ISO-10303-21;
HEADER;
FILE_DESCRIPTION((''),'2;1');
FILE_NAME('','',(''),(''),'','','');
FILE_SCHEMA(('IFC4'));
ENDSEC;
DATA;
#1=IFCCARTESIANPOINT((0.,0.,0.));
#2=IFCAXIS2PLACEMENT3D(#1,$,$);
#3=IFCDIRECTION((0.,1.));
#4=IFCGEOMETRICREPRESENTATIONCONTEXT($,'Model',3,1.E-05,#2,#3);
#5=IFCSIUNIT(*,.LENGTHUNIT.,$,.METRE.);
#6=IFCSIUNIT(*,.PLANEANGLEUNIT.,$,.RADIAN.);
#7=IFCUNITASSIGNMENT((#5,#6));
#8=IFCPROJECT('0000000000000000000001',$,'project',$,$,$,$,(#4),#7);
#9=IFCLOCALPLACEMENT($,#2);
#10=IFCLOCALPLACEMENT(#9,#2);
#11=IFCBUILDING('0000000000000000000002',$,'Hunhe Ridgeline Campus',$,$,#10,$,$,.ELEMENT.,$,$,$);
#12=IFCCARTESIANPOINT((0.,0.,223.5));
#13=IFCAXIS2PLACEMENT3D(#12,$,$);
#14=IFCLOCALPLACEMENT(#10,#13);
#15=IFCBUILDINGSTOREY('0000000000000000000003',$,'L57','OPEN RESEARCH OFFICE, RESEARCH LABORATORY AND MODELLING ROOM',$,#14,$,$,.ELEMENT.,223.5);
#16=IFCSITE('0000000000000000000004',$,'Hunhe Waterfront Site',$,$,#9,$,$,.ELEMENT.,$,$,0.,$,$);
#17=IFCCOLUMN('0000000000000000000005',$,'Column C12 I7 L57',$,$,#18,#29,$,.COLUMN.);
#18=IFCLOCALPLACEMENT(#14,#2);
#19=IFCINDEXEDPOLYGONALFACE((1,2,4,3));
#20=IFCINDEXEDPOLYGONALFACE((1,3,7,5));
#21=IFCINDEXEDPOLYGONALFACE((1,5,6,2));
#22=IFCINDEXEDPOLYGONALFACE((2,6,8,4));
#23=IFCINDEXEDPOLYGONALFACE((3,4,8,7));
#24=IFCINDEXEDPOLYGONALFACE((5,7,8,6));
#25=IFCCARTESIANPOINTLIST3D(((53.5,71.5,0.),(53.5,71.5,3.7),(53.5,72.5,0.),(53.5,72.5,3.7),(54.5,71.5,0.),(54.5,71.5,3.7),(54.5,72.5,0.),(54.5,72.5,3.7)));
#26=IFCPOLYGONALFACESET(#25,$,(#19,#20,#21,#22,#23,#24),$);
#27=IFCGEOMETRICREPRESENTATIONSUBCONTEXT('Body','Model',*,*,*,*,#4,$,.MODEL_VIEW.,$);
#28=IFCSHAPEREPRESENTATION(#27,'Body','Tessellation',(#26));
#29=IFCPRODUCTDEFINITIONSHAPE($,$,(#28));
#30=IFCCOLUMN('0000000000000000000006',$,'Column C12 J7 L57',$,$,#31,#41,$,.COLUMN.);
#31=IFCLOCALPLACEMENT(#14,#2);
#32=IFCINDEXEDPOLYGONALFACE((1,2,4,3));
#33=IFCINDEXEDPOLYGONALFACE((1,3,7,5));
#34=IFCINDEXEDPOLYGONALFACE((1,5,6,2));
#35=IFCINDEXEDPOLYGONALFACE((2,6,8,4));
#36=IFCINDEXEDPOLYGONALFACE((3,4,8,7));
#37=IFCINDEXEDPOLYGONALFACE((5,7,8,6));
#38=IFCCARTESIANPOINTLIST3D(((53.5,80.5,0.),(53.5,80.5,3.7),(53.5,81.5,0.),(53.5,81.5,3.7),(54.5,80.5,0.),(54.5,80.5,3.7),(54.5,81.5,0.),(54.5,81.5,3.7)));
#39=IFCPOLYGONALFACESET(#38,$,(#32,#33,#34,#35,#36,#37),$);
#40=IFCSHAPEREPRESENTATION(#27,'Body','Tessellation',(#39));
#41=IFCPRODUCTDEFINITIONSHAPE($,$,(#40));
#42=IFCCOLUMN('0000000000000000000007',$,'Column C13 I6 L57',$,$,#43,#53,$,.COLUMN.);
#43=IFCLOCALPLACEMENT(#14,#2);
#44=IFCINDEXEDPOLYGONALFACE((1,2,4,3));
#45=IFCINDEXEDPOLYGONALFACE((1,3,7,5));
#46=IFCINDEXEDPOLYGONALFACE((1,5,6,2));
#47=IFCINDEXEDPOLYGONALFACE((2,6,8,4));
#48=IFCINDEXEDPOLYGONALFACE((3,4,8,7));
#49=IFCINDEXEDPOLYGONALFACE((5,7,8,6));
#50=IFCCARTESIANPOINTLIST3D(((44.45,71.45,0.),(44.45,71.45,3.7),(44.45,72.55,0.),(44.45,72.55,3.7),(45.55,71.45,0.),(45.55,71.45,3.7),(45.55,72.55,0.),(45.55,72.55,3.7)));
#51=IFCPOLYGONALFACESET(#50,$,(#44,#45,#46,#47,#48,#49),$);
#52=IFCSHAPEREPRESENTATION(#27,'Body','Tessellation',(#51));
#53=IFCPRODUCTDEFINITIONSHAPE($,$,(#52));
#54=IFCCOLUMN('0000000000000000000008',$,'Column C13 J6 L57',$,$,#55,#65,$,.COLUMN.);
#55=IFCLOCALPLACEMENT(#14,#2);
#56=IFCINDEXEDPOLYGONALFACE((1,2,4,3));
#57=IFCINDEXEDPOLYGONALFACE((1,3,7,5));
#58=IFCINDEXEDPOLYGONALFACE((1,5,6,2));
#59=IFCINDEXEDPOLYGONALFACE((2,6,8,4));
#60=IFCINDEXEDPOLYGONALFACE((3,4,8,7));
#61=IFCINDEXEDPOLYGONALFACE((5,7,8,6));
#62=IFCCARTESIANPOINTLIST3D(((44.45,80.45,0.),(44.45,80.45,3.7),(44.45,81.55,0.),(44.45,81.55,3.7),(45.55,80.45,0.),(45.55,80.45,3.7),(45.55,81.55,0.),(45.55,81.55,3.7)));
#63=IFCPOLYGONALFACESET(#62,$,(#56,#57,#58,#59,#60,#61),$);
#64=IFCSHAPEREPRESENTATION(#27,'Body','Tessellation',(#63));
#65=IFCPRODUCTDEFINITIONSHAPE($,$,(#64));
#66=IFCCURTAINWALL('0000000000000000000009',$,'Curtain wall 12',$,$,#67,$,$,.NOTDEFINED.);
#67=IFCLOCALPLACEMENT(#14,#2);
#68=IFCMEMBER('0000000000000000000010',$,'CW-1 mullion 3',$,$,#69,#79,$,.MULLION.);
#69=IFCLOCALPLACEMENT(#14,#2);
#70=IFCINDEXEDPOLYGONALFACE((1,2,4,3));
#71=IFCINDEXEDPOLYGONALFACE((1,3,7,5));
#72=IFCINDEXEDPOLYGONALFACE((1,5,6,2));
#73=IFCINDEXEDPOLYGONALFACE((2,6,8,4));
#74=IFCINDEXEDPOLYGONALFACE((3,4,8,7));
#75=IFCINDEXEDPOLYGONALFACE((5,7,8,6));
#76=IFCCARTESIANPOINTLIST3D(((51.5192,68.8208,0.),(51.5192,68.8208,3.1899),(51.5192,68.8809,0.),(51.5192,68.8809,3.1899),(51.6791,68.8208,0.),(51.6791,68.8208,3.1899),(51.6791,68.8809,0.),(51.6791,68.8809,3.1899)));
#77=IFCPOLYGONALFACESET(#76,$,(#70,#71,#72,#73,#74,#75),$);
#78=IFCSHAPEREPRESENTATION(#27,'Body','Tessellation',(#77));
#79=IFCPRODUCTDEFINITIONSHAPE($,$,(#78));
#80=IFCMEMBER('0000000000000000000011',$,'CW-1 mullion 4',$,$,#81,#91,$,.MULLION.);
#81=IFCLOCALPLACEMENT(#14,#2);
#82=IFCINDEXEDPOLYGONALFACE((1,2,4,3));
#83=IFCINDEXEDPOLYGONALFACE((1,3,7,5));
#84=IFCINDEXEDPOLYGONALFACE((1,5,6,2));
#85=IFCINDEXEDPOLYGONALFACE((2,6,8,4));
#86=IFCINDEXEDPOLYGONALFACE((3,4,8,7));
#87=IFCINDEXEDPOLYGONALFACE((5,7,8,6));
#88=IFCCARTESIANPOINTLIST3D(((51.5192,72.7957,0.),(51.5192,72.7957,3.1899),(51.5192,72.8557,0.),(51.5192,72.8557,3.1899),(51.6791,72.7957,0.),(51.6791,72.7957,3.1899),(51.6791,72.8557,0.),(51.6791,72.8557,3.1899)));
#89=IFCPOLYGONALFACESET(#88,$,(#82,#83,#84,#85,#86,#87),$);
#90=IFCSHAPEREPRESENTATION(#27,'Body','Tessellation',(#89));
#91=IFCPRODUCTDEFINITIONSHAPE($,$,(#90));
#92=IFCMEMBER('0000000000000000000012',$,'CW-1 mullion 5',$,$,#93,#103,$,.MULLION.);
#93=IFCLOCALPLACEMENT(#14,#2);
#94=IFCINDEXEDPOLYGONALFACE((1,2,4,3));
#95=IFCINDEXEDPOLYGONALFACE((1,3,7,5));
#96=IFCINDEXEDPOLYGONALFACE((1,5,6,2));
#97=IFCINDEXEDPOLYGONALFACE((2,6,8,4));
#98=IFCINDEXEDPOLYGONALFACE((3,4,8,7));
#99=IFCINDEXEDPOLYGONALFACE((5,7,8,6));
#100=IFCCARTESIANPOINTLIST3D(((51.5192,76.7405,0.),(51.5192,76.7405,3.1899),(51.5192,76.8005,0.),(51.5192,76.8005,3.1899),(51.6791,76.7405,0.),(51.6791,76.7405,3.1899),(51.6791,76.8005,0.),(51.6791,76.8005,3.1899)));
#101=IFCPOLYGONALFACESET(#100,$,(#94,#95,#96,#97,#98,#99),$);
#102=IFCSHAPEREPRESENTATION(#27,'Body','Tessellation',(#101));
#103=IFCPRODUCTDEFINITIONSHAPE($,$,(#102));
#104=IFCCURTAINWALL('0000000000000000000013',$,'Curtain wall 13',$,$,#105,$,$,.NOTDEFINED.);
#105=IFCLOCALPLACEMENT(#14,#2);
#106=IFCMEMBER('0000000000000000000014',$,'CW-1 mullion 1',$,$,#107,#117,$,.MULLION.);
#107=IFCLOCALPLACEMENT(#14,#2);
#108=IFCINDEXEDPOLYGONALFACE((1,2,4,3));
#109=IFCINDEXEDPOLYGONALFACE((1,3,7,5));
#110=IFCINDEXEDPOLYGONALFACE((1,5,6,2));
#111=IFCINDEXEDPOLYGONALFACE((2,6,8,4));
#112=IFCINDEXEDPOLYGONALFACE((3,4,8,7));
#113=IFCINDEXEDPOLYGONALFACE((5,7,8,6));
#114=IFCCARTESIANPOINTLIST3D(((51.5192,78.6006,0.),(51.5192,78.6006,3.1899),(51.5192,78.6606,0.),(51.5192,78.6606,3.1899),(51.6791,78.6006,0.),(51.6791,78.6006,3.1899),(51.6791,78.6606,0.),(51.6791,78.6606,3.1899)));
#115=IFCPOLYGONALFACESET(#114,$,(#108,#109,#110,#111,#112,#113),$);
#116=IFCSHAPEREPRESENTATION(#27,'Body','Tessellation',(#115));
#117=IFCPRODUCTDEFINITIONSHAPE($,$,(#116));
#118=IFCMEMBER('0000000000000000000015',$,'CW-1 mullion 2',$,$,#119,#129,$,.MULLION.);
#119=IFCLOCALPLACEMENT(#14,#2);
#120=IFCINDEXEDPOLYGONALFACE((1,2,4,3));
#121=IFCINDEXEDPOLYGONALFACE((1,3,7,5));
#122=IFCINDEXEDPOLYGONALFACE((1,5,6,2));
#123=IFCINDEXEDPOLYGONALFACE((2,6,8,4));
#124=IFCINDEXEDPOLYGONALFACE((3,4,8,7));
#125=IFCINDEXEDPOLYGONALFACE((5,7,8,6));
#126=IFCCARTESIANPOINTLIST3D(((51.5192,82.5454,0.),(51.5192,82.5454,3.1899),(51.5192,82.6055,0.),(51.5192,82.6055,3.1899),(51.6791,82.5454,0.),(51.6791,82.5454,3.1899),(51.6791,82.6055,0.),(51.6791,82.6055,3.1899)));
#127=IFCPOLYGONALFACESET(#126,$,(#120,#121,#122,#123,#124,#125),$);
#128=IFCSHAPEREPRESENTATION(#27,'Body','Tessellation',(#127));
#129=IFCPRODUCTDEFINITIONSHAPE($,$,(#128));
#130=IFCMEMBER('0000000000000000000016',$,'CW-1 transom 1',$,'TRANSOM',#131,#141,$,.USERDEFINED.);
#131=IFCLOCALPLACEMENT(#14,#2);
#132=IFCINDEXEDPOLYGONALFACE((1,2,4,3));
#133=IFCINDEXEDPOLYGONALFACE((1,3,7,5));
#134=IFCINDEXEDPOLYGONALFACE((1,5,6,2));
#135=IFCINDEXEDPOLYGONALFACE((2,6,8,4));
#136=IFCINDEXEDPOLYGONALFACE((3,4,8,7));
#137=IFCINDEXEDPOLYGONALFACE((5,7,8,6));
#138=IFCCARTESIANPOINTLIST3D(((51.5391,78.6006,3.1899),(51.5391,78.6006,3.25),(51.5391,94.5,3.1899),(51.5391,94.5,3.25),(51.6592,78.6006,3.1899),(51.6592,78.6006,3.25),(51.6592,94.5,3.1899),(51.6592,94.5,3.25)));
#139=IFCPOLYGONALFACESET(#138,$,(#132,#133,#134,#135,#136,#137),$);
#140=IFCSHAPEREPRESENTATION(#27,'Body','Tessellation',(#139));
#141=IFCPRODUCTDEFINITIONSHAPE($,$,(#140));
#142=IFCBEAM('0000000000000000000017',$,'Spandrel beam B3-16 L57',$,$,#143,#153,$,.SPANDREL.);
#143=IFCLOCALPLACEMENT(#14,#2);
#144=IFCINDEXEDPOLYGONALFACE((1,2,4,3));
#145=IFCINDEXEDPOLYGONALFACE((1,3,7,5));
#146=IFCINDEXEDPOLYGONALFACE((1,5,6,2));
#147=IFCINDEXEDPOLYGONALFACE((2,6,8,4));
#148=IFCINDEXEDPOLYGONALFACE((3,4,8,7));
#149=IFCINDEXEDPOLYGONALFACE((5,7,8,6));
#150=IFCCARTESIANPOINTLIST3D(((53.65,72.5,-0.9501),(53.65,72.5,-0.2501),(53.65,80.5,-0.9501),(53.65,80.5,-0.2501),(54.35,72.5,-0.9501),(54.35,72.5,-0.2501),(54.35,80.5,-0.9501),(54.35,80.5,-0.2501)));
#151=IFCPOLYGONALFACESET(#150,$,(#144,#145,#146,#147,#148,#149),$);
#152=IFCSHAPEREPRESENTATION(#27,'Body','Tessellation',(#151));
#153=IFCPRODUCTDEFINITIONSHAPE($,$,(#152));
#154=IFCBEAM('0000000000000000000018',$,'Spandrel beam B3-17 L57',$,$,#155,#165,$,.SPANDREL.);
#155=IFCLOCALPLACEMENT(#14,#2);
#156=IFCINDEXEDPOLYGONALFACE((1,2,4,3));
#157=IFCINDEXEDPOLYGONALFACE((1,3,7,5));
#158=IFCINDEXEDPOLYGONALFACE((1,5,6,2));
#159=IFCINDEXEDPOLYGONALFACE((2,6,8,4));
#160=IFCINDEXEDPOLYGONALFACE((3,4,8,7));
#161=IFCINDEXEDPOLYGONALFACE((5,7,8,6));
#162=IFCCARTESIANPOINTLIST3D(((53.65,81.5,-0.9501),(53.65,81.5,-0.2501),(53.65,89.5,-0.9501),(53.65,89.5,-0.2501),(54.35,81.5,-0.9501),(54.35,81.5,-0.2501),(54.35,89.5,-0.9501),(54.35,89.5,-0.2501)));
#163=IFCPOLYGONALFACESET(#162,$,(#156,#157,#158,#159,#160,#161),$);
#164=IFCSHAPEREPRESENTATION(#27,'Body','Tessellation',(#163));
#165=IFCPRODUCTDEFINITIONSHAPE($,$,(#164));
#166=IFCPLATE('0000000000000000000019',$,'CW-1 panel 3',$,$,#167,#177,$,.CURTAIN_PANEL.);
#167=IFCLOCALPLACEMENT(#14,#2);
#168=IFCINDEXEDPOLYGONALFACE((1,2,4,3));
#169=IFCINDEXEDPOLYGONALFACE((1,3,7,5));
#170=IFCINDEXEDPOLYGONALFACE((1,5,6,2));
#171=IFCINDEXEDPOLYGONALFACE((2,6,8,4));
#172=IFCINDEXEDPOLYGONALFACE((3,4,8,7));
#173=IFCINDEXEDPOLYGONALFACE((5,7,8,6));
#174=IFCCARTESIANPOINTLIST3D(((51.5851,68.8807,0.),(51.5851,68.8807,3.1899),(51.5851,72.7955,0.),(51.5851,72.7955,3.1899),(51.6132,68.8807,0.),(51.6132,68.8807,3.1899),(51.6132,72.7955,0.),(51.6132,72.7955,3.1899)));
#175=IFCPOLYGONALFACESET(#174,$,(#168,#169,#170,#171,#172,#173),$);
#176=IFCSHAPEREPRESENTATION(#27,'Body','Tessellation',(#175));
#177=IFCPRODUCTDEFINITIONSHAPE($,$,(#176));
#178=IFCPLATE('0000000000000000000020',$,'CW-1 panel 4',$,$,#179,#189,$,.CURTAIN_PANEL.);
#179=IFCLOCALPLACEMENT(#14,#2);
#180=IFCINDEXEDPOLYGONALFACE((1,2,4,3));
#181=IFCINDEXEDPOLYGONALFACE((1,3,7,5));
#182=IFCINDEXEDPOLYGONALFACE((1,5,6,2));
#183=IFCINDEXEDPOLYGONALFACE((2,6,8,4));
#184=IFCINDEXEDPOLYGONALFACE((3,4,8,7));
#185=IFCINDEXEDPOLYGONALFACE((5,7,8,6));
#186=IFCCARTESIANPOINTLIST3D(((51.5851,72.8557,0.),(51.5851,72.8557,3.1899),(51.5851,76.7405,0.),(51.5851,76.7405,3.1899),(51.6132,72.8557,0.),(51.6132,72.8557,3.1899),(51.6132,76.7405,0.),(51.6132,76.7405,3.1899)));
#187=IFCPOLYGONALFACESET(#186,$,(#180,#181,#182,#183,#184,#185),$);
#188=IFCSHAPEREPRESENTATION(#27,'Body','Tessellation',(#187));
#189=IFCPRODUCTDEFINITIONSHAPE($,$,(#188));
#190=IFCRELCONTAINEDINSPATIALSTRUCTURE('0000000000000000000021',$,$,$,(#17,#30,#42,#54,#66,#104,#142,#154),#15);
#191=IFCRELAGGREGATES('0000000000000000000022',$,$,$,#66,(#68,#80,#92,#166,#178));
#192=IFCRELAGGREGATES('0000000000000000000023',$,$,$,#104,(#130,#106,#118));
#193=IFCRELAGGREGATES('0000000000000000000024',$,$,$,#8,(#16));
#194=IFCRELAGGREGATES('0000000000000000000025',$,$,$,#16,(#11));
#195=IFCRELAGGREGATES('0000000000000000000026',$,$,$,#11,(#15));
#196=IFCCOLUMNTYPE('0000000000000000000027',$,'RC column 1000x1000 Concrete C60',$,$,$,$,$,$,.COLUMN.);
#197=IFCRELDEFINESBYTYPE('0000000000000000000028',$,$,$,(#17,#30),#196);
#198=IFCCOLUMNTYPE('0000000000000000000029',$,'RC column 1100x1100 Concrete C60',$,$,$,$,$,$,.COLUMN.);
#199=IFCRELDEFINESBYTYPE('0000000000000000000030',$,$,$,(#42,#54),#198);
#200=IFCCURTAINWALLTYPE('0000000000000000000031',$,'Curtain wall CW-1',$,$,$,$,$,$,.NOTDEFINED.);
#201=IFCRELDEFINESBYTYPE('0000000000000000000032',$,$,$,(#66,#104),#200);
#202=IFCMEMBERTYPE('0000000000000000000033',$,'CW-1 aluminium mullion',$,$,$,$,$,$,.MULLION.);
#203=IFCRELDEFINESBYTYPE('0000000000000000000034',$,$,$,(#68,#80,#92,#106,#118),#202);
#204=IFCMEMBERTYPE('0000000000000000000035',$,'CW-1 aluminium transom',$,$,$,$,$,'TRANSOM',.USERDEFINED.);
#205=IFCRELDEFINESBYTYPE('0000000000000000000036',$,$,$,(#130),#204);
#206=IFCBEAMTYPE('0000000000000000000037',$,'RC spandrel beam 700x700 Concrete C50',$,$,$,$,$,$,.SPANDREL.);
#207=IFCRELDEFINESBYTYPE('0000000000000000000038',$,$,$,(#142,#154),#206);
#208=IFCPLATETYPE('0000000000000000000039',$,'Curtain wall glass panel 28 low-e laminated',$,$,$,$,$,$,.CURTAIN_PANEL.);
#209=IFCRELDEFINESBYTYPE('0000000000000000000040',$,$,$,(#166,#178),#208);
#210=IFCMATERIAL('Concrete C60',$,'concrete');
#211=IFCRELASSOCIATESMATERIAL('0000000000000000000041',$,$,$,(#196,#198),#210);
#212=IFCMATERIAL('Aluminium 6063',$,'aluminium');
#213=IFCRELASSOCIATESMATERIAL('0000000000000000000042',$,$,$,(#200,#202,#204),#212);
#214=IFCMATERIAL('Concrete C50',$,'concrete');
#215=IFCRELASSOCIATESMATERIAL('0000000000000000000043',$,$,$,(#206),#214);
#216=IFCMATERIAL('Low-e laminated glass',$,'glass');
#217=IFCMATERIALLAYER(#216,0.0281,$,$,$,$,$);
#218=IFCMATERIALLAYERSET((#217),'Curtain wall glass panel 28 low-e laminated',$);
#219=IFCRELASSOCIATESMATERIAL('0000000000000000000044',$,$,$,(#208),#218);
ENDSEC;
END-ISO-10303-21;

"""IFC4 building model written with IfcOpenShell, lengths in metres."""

from ifc_helpers import new_model, si_unit, direction, frame, origin, origin_2d, place, context, subcontext, project, spatial, rectangle, extrude, material, layer, layer_set, material_profile, profile_set, type_object, element, aggregate, save


model = new_model("IFC4")

# Units and contexts
model_context = context("Model", 3, precision=1e-05, world=origin(), true_north=direction((0.0, 1.0)))
body_context = subcontext(model_context, "Body", "Model", "MODEL_VIEW")
ifc_project = project(units=[si_unit("LENGTHUNIT", "METRE"), si_unit("PLANEANGLEUNIT", "RADIAN")], contexts=[model_context])

# Site, building, storey
site_placement = place(None, origin())
site = spatial("IfcSite", under=ifc_project, at=site_placement, Name="Hunhe Waterfront Site", CompositionType="ELEMENT", RefElevation=0.0)
building_placement = place(site_placement, origin())
building = spatial("IfcBuilding", under=site, at=building_placement, Name="Hunhe Ridgeline Campus", CompositionType="ELEMENT")
storey_placement = place(building_placement, frame((0.0, 0.0, 223.5)))
storey = spatial("IfcBuildingStorey", under=building, at=storey_placement, Name="L57", Description="OPEN RESEARCH OFFICE, RESEARCH LABORATORY AND MODELLING ROOM", CompositionType="ELEMENT", Elevation=223.5)

# Columns
ifc_material_1 = material(Name="Concrete C60", Category="concrete")
ifc_material_profile_1 = material_profile(ifc_material_1, rectangle(XDim=1.0, YDim=1.0, at=origin_2d()))
ifc_profile_set_1 = profile_set([ifc_material_profile_1], Name="Concrete C60")
column_type_1 = type_object("IfcColumnType", Name="RC column 1000x1000 Concrete C60", PredefinedType="COLUMN", material=ifc_profile_set_1)
for number, where, z_axis, x_axis, name in (
    (1, (54.0, 72.0, 0.0), (0.0, 0.0, 1.0), (1.0, 0.0, 0.0), "Column C12 I7 L57"),
    (2, (54.0, 81.0, 0.0), (0.0, 0.0, 1.0), (1.0, 0.0, 0.0), "Column C12 J7 L57"),
):
    element("IfcColumn", number, at=place(storey_placement, frame(where, z_axis=z_axis, x_axis=x_axis)), inside=storey, type_object=column_type_1, Name=name, PredefinedType="COLUMN", context=body_context, shape_type="SweptSolid", body=[
        extrude(rectangle(XDim=1.0, YDim=1.0, at=origin_2d()), origin(), (0.0, 0.0, 1.0), 3.7),
    ])
ifc_material_profile_2 = material_profile(ifc_material_1, rectangle(XDim=1.1001, YDim=1.1001, at=origin_2d()))
ifc_profile_set_2 = profile_set([ifc_material_profile_2], Name="Concrete C60")
column_type_2 = type_object("IfcColumnType", Name="RC column 1100x1100 Concrete C60", PredefinedType="COLUMN", material=ifc_profile_set_2)
for number, where, z_axis, x_axis, name in (
    (3, (45.0, 72.0, 0.0), (0.0, 0.0, 1.0), (1.0, 0.0, 0.0), "Column C13 I6 L57"),
    (4, (45.0, 81.0, 0.0), (0.0, 0.0, 1.0), (1.0, 0.0, 0.0), "Column C13 J6 L57"),
):
    element("IfcColumn", number, at=place(storey_placement, frame(where, z_axis=z_axis, x_axis=x_axis)), inside=storey, type_object=column_type_2, Name=name, PredefinedType="COLUMN", context=body_context, shape_type="SweptSolid", body=[
        extrude(rectangle(XDim=1.1001, YDim=1.1001, at=origin_2d()), origin(), (0.0, 0.0, 1.0), 3.7),
    ])

# Curtain walls, members
ifc_material_2 = material(Name="Aluminium 6063", Category="aluminium")
curtain_wall_type = type_object("IfcCurtainWallType", Name="Curtain wall CW-1", PredefinedType="NOTDEFINED", material=ifc_material_2)
curtain_wall_1_placement = place(storey_placement, origin())
curtain_wall_1 = element("IfcCurtainWall", 5, at=curtain_wall_1_placement, inside=storey, type_object=curtain_wall_type, Name="Curtain wall 12", PredefinedType="NOTDEFINED")
ifc_material_profile_3 = material_profile(ifc_material_2, rectangle(XDim=0.1599, YDim=0.0601, at=origin_2d()))
ifc_profile_set_3 = profile_set([ifc_material_profile_3], Name="Aluminium 6063")
member_type_1 = type_object("IfcMemberType", Name="CW-1 aluminium mullion", PredefinedType="MULLION", material=ifc_profile_set_3)
member_1_placement = place(storey_placement, frame((51.5991, 68.8508, 0.0), z_axis=(0.0, 0.0, 1.0), x_axis=(-1.0, 0.0, 0.0)))
member_1 = element("IfcMember", 6, at=member_1_placement, type_object=member_type_1, Name="CW-1 mullion 3", PredefinedType="MULLION", context=body_context, shape_type="SweptSolid", body=[
    extrude(rectangle(XDim=0.1599, YDim=0.0601, at=origin_2d()), origin(), (0.0, 0.0, 1.0), 3.1899),
])
member_2_placement = place(storey_placement, frame((51.5991, 72.8257, 0.0), z_axis=(0.0, 0.0, 1.0), x_axis=(-1.0, 0.0, 0.0)))
member_2 = element("IfcMember", 7, at=member_2_placement, type_object=member_type_1, Name="CW-1 mullion 4", PredefinedType="MULLION", context=body_context, shape_type="SweptSolid", body=[
    extrude(rectangle(XDim=0.1599, YDim=0.0601, at=origin_2d()), origin(), (0.0, 0.0, 1.0), 3.1899),
])
member_3_placement = place(storey_placement, frame((51.5991, 76.7705, 0.0), z_axis=(0.0, 0.0, 1.0), x_axis=(-1.0, 0.0, 0.0)))
member_3 = element("IfcMember", 8, at=member_3_placement, type_object=member_type_1, Name="CW-1 mullion 5", PredefinedType="MULLION", context=body_context, shape_type="SweptSolid", body=[
    extrude(rectangle(XDim=0.1599, YDim=0.0601, at=origin_2d()), origin(), (0.0, 0.0, 1.0), 3.1899),
])
curtain_wall_2_placement = place(storey_placement, origin())
curtain_wall_2 = element("IfcCurtainWall", 9, at=curtain_wall_2_placement, inside=storey, type_object=curtain_wall_type, Name="Curtain wall 13", PredefinedType="NOTDEFINED")
member_4_placement = place(storey_placement, frame((51.5991, 78.6306, 0.0), z_axis=(0.0, 0.0, 1.0), x_axis=(-1.0, 0.0, 0.0)))
member_4 = element("IfcMember", 10, at=member_4_placement, type_object=member_type_1, Name="CW-1 mullion 1", PredefinedType="MULLION", context=body_context, shape_type="SweptSolid", body=[
    extrude(rectangle(XDim=0.1599, YDim=0.0601, at=origin_2d()), origin(), (0.0, 0.0, 1.0), 3.1899),
])
member_5_placement = place(storey_placement, frame((51.5991, 82.5754, 0.0), z_axis=(0.0, 0.0, 1.0), x_axis=(-1.0, 0.0, 0.0)))
member_5 = element("IfcMember", 11, at=member_5_placement, type_object=member_type_1, Name="CW-1 mullion 2", PredefinedType="MULLION", context=body_context, shape_type="SweptSolid", body=[
    extrude(rectangle(XDim=0.1599, YDim=0.0601, at=origin_2d()), origin(), (0.0, 0.0, 1.0), 3.1899),
])
ifc_material_profile_4 = material_profile(ifc_material_2, rectangle(XDim=0.1201, YDim=0.0601, at=origin_2d()))
ifc_profile_set_4 = profile_set([ifc_material_profile_4], Name="Aluminium 6063")
member_type_2 = type_object("IfcMemberType", Name="CW-1 aluminium transom", ElementType="TRANSOM", PredefinedType="USERDEFINED", material=ifc_profile_set_4)
member_6_placement = place(storey_placement, frame((51.5991, 78.6006, 3.22), z_axis=(0.0, 1.0, 0.0), x_axis=(-1.0, 0.0, 0.0)))
member_6 = element("IfcMember", 12, at=member_6_placement, type_object=member_type_2, Name="CW-1 transom 1", ObjectType="TRANSOM", PredefinedType="USERDEFINED", context=body_context, shape_type="SweptSolid", body=[
    extrude(rectangle(XDim=0.1201, YDim=0.0601, at=origin_2d()), origin(), (0.0, 0.0, 1.0), 15.8994),
])

# Beams
ifc_material_3 = material(Name="Concrete C50", Category="concrete")
ifc_material_profile_5 = material_profile(ifc_material_3, rectangle(XDim=0.7, YDim=0.7, at=origin_2d()))
ifc_profile_set_5 = profile_set([ifc_material_profile_5], Name="Concrete C50")
beam_type = type_object("IfcBeamType", Name="RC spandrel beam 700x700 Concrete C50", PredefinedType="SPANDREL", material=ifc_profile_set_5)
for number, where, z_axis, x_axis, name in (
    (13, (54.0, 72.5, -0.6001), (0.0, 1.0, 0.0), (-1.0, 0.0, 0.0), "Spandrel beam B3-16 L57"),
    (14, (54.0, 81.5, -0.6001), (0.0, 1.0, 0.0), (-1.0, 0.0, 0.0), "Spandrel beam B3-17 L57"),
):
    element("IfcBeam", number, at=place(storey_placement, frame(where, z_axis=z_axis, x_axis=x_axis)), inside=storey, type_object=beam_type, Name=name, PredefinedType="SPANDREL", context=body_context, shape_type="SweptSolid", body=[
        extrude(rectangle(XDim=0.7, YDim=0.7, at=origin_2d()), origin(), (0.0, 0.0, 1.0), 8.0),
    ])

# Plates
ifc_material_4 = material(Name="Low-e laminated glass", Category="glass")
ifc_layer_1 = layer(ifc_material_4, 0.0281)
ifc_layer_set_1 = layer_set([ifc_layer_1], Name="Curtain wall glass panel 28 low-e laminated")
plate_type = type_object("IfcPlateType", Name="Curtain wall glass panel 28 low-e laminated", PredefinedType="CURTAIN_PANEL", material=ifc_layer_set_1)
plate_1_placement = place(storey_placement, frame((51.5991, 70.8381, 0.0), z_axis=(0.0, 0.0, 1.0), x_axis=(0.0, 1.0, 0.0)))
plate_1 = element("IfcPlate", 15, at=plate_1_placement, type_object=plate_type, Name="CW-1 panel 3", PredefinedType="CURTAIN_PANEL", context=body_context, shape_type="SweptSolid", body=[
    extrude(rectangle(XDim=3.9148, YDim=0.0281, at=origin_2d()), origin(), (0.0, 0.0, 1.0), 3.1899),
])
plate_2_placement = place(storey_placement, frame((51.5991, 74.7981, 0.0), z_axis=(0.0, 0.0, 1.0), x_axis=(0.0, 1.0, 0.0)))
plate_2 = element("IfcPlate", 16, at=plate_2_placement, type_object=plate_type, Name="CW-1 panel 4", PredefinedType="CURTAIN_PANEL", context=body_context, shape_type="SweptSolid", body=[
    extrude(rectangle(XDim=3.8848, YDim=0.0281, at=origin_2d()), origin(), (0.0, 0.0, 1.0), 3.1899),
])
aggregate(curtain_wall_1, [member_1, member_2, member_3, plate_1, plate_2])
aggregate(curtain_wall_2, [member_6, member_4, member_5])

save(model, "model.ifc")
